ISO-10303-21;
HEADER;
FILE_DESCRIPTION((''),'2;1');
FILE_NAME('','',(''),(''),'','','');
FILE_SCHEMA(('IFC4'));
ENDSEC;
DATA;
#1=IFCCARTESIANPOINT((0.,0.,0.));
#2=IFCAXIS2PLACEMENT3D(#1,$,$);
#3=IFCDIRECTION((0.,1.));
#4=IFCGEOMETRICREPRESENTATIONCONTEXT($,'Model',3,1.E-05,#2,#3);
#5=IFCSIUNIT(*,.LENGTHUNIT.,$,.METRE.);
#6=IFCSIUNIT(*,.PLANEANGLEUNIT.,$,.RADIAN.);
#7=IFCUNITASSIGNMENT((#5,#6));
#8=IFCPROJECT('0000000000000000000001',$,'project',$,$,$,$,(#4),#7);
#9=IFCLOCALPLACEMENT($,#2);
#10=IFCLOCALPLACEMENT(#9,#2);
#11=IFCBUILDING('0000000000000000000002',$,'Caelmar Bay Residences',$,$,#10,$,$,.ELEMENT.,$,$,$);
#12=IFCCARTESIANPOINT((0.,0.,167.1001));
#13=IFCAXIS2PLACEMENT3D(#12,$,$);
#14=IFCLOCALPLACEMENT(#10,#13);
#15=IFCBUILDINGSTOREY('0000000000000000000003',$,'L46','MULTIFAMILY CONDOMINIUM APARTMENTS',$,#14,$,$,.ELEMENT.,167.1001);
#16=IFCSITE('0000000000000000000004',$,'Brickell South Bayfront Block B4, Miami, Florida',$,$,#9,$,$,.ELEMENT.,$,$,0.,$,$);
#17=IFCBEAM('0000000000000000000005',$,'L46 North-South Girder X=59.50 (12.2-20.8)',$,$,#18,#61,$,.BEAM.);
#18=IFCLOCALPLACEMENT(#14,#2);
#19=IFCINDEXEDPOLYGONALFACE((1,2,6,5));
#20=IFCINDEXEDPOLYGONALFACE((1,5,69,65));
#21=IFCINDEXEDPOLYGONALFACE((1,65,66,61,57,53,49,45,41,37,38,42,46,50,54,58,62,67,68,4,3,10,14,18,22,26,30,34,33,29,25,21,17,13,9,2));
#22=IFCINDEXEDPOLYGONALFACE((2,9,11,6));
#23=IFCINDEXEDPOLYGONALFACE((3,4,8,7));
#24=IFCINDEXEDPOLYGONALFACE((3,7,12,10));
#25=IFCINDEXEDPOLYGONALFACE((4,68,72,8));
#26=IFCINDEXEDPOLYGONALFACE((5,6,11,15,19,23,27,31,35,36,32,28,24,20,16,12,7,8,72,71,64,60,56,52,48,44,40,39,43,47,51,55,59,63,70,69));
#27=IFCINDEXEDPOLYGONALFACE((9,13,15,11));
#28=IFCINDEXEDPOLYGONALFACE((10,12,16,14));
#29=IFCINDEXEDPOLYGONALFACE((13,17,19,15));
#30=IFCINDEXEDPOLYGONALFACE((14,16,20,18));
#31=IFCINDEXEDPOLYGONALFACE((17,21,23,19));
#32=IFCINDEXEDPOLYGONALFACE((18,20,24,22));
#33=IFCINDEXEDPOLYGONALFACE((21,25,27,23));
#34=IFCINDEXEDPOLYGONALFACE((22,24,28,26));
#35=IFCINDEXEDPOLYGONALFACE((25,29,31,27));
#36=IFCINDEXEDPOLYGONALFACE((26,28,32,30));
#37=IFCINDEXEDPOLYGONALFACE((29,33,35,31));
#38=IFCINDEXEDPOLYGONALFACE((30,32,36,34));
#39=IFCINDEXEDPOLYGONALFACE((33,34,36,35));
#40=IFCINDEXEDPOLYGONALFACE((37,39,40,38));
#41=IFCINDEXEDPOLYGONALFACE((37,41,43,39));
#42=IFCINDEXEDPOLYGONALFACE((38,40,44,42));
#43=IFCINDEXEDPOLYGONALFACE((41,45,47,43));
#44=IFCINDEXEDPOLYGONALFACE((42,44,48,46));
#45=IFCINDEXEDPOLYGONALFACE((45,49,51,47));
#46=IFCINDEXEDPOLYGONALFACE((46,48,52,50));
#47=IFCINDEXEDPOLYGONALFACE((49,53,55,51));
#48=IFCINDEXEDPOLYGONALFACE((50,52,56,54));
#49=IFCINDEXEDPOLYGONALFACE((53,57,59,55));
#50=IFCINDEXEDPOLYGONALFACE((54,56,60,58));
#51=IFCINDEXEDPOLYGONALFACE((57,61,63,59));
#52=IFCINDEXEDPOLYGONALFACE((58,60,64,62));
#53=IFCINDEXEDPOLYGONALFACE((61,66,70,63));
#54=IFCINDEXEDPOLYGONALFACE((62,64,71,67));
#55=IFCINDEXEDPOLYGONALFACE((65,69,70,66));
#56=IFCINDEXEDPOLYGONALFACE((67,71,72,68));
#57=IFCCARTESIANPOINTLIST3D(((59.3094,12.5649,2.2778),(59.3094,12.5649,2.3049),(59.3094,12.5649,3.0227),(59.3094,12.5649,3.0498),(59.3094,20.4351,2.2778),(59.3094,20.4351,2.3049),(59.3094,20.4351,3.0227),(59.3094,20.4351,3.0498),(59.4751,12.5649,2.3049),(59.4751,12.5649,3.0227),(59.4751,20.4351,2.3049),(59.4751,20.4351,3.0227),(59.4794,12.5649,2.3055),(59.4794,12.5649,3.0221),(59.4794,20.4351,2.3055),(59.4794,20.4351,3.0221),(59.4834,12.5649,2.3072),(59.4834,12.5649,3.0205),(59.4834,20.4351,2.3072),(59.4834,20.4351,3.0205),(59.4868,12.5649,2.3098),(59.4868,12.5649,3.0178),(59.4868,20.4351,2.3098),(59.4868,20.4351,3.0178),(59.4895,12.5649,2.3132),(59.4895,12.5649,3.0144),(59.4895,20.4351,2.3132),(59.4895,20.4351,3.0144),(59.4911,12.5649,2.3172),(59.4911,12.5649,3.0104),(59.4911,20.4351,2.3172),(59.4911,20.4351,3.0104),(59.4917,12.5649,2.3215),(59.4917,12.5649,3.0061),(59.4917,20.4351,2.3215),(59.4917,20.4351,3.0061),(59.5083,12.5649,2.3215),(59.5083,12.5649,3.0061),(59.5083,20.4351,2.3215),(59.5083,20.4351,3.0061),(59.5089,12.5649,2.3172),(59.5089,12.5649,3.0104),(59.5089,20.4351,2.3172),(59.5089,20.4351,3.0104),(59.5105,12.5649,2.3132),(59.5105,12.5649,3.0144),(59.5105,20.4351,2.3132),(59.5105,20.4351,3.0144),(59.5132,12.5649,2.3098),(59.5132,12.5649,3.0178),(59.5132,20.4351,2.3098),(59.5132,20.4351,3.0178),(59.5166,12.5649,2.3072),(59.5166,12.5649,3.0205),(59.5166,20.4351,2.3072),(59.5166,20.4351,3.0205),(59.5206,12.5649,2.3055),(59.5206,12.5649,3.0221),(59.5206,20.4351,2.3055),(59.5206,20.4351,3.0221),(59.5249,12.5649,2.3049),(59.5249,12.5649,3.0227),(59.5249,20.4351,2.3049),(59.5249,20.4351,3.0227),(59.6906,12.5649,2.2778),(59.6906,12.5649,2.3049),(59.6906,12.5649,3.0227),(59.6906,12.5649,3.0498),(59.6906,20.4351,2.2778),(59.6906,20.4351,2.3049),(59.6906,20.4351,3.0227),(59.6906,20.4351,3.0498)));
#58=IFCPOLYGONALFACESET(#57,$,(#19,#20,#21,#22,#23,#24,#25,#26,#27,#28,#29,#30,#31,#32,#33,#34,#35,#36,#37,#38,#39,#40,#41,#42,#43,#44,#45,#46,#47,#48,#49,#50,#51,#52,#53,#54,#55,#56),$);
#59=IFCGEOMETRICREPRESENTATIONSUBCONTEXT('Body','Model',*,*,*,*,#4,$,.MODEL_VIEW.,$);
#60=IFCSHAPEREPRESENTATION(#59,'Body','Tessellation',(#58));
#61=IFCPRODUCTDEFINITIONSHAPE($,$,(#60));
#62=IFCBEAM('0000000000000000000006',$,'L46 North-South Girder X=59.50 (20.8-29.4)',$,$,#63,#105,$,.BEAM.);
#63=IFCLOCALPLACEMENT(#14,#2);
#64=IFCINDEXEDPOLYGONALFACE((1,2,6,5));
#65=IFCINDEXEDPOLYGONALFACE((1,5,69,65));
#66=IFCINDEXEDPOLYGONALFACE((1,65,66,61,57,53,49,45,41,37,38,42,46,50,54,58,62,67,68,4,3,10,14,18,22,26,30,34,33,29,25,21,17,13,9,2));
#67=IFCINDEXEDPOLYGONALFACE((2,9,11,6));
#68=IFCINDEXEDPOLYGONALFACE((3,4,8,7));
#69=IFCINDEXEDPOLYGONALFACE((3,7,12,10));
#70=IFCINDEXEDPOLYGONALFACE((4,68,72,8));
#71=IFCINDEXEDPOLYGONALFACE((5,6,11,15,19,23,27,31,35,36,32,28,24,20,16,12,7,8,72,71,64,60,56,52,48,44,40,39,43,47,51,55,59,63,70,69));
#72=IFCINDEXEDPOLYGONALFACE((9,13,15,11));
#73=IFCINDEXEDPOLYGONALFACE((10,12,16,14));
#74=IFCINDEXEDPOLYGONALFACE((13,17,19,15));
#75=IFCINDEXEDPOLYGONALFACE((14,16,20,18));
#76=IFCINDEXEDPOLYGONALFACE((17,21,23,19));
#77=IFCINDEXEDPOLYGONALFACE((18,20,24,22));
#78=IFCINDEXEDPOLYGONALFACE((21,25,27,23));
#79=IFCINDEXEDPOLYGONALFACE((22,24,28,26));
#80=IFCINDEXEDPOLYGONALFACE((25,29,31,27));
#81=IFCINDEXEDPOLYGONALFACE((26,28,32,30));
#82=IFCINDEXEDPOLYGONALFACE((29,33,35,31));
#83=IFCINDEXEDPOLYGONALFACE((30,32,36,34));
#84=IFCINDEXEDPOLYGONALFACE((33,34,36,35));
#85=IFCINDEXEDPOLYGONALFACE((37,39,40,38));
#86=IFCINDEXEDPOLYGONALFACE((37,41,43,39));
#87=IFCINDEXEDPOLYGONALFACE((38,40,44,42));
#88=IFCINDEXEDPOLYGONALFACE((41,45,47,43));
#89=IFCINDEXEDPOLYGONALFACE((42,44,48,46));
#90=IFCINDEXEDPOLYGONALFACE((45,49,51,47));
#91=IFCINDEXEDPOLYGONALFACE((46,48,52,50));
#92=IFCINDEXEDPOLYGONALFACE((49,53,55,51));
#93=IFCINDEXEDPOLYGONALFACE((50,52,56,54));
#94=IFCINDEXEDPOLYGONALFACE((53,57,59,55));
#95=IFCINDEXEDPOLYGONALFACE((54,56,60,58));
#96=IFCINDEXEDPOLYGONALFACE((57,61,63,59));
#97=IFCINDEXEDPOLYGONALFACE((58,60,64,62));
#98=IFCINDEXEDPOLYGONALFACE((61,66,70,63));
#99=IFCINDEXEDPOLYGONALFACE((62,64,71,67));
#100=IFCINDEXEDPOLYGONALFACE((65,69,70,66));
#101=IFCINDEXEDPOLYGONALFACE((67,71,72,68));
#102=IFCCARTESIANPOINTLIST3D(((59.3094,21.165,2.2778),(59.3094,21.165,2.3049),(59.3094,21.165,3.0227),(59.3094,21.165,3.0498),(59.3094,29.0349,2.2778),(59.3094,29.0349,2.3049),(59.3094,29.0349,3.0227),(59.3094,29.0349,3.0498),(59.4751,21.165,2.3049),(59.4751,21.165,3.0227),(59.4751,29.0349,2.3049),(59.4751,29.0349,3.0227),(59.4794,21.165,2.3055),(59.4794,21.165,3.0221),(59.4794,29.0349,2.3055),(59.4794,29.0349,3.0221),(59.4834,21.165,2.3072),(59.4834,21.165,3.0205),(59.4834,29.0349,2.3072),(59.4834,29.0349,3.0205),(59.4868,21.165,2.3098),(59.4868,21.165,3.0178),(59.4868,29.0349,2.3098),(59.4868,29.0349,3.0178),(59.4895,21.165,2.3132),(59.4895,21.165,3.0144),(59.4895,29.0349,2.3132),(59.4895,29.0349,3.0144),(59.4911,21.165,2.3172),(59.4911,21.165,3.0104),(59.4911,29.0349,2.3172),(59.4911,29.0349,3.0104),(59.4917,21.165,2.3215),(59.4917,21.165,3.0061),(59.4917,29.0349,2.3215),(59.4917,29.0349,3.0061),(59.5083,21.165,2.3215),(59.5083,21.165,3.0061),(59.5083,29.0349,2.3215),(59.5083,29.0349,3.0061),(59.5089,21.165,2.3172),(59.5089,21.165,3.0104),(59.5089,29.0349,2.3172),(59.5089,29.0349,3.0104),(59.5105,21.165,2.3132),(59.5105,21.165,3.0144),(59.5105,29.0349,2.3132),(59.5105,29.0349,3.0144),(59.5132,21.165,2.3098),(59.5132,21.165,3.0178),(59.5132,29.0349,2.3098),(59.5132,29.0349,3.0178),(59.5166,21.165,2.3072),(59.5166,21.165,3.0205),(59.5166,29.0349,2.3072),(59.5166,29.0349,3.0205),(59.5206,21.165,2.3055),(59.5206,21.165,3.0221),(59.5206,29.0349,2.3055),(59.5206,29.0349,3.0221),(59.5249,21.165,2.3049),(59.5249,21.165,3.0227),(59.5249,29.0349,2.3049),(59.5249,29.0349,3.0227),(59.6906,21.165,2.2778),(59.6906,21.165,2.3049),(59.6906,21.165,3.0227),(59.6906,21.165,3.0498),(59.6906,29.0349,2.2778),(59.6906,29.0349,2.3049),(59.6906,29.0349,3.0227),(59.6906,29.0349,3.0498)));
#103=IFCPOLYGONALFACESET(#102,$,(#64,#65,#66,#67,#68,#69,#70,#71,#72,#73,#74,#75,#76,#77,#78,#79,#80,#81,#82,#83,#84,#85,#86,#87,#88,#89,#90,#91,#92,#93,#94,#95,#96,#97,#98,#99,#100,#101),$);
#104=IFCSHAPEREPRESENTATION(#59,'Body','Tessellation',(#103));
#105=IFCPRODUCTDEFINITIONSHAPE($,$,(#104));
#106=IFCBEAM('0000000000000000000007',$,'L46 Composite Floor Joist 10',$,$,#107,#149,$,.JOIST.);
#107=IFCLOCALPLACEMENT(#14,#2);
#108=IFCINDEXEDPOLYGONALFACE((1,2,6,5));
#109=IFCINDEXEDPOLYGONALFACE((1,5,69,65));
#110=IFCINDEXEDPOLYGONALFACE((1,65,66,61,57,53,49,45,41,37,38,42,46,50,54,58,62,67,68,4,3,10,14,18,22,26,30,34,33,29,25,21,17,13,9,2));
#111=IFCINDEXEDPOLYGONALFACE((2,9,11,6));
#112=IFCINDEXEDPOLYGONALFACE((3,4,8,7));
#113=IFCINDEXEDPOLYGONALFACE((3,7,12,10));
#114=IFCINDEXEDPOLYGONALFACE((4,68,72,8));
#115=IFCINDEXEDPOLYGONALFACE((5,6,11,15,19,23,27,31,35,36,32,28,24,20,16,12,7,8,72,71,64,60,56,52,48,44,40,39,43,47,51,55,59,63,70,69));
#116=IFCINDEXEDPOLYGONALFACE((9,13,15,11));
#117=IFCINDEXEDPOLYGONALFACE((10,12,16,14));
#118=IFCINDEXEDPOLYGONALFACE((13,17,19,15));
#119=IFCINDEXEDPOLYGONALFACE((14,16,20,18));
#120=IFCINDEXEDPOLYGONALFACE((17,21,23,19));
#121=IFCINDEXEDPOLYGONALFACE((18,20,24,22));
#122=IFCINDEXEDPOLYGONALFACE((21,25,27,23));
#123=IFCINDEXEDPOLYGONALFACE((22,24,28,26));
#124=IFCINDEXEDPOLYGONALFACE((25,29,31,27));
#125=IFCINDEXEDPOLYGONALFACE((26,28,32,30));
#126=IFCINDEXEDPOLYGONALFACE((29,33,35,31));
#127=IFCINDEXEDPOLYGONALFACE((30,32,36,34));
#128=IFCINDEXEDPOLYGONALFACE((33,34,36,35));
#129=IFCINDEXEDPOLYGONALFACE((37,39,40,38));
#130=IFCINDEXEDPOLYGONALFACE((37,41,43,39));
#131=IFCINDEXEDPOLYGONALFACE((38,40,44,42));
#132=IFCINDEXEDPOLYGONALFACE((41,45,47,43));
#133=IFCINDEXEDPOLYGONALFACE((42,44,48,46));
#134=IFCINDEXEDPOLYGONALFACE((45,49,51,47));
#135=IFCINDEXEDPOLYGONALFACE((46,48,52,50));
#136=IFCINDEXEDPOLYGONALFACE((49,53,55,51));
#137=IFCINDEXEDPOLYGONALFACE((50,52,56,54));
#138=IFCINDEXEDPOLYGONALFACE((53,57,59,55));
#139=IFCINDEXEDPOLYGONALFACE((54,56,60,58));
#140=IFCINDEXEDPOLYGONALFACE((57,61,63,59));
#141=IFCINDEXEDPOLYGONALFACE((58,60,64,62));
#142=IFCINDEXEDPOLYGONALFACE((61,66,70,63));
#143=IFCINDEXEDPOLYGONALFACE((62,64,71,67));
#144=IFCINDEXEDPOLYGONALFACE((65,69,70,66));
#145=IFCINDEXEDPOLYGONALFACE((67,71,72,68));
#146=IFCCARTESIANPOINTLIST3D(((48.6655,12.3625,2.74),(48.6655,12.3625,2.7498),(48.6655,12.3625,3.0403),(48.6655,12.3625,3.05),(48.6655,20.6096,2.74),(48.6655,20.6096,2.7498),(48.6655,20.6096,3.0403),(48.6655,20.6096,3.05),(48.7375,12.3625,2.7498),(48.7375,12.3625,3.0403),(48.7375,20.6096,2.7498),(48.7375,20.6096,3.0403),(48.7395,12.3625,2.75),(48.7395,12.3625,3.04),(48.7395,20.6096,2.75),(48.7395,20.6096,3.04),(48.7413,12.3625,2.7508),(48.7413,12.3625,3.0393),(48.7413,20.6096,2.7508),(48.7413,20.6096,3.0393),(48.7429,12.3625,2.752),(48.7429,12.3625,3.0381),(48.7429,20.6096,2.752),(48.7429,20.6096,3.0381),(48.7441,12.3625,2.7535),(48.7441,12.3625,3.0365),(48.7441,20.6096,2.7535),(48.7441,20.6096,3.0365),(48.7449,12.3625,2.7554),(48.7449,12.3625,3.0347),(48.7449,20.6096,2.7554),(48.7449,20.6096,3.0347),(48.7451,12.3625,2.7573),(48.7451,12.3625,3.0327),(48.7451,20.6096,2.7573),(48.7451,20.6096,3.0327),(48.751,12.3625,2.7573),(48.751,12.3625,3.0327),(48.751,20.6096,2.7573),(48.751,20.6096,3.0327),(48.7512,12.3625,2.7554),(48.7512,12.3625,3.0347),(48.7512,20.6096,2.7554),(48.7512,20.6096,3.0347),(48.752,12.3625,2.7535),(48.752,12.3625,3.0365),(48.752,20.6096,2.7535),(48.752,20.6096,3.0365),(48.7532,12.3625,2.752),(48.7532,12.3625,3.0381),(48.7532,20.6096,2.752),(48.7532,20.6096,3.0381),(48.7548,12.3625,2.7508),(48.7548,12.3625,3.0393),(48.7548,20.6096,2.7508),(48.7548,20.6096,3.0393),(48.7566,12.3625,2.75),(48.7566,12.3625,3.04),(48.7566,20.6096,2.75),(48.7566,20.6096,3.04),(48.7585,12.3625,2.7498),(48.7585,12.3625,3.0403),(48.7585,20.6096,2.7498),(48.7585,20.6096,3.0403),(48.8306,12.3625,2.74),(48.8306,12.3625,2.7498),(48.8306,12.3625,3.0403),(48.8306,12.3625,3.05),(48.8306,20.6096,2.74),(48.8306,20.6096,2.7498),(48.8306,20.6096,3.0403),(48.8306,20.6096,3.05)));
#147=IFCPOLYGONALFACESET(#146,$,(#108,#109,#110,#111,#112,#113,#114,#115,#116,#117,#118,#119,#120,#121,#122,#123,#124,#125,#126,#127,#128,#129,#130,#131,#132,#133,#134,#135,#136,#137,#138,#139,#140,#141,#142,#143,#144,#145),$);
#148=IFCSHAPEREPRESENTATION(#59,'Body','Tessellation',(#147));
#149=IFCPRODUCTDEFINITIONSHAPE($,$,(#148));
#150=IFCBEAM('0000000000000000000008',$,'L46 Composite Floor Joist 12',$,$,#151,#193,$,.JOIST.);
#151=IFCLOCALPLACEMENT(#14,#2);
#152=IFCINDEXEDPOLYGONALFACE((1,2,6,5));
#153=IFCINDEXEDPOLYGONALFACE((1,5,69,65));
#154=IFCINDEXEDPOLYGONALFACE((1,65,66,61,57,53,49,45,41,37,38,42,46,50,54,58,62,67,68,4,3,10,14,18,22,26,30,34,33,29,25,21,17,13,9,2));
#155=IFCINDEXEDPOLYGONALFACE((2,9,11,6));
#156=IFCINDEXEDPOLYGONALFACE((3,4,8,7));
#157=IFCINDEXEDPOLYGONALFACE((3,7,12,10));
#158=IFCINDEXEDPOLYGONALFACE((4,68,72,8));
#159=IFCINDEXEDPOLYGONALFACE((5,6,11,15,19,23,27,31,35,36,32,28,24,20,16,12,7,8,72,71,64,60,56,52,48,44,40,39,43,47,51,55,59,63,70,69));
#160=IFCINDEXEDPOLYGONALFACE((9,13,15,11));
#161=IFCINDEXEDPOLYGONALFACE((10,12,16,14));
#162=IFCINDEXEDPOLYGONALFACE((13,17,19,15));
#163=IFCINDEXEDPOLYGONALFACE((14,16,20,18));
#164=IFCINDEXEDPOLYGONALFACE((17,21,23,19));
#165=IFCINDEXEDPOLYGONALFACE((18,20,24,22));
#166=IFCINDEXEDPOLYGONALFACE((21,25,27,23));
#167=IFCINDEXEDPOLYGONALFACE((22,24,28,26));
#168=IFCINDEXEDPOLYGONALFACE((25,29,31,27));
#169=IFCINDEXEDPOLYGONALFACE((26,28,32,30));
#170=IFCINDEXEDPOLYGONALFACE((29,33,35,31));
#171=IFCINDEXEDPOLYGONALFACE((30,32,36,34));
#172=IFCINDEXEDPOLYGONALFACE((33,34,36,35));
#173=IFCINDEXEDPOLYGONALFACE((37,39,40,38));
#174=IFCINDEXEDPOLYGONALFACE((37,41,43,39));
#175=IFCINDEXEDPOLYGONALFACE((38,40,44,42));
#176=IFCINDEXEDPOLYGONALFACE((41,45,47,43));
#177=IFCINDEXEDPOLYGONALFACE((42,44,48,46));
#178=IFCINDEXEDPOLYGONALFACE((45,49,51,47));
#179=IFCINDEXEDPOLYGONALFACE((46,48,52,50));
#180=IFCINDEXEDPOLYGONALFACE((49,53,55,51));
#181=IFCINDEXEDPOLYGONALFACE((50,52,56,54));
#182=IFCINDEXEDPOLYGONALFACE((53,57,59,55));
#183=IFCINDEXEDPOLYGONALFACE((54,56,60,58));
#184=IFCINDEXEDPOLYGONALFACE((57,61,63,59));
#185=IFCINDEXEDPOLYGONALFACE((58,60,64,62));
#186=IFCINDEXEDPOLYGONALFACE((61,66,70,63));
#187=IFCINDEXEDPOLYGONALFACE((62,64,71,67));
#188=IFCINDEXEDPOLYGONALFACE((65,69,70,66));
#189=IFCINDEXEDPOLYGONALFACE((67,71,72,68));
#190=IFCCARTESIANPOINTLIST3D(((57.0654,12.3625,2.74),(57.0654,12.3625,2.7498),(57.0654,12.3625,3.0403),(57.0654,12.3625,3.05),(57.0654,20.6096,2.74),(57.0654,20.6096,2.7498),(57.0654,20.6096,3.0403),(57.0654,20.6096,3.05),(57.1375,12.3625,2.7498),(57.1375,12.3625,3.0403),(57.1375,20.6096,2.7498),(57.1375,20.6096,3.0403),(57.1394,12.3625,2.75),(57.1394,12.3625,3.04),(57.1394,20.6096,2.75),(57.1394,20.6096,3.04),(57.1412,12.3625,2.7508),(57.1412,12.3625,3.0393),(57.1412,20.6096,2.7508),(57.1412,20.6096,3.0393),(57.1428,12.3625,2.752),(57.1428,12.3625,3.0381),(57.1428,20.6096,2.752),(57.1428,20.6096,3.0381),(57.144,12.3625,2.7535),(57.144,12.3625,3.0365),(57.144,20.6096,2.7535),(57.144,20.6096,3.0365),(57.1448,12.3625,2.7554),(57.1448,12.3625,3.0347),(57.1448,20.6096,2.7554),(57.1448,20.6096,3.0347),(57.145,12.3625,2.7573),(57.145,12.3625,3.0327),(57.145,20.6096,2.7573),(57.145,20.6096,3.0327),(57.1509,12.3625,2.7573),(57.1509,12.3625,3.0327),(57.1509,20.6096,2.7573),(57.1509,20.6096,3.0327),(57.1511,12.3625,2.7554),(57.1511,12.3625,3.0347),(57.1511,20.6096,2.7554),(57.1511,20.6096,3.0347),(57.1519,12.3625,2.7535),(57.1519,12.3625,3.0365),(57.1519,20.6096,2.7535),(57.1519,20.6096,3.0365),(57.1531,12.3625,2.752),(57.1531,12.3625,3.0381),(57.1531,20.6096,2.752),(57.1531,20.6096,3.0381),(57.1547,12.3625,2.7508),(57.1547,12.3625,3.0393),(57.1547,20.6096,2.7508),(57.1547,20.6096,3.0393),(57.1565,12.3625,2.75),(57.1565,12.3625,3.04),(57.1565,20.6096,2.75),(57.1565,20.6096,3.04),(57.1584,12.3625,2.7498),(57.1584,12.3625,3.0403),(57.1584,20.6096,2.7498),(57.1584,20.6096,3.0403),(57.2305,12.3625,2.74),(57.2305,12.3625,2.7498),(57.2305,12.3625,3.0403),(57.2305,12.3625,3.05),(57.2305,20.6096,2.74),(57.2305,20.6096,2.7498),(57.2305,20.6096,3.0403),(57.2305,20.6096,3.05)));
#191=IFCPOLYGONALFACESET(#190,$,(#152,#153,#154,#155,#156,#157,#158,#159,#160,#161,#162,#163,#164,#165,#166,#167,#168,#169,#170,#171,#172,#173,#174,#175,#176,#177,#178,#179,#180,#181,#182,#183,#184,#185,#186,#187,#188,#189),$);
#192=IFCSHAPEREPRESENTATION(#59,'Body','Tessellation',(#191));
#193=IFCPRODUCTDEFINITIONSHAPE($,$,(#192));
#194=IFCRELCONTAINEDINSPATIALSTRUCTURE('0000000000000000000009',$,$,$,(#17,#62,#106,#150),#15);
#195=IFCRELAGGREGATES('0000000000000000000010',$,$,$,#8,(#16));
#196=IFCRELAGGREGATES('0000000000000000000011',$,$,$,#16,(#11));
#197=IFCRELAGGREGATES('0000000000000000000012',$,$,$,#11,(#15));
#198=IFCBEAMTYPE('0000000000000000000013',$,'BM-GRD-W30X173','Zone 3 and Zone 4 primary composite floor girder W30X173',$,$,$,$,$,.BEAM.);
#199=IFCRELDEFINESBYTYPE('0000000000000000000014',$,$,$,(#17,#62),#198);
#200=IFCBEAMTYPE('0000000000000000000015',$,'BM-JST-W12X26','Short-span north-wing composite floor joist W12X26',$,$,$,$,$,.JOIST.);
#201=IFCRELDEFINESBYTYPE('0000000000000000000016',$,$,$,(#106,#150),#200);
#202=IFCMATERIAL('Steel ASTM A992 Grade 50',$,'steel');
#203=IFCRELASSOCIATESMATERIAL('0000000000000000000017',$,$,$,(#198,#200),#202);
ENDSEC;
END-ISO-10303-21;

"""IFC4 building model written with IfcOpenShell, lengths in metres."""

from ifc_helpers import new_model, si_unit, direction, frame, origin, origin_2d, place, context, subcontext, project, spatial, i_section, extrude, material, material_profile, profile_set, type_object, element, save


model = new_model("IFC4")

# Units and contexts
model_context = context("Model", 3, precision=1e-05, world=origin(), true_north=direction((0.0, 1.0)))
body_context = subcontext(model_context, "Body", "Model", "MODEL_VIEW")
ifc_project = project(units=[si_unit("LENGTHUNIT", "METRE"), si_unit("PLANEANGLEUNIT", "RADIAN")], contexts=[model_context])

# Site, building, storey
site_placement = place(None, origin())
site = spatial("IfcSite", under=ifc_project, at=site_placement, Name="Brickell South Bayfront Block B4, Miami, Florida", CompositionType="ELEMENT", RefElevation=0.0)
building_placement = place(site_placement, origin())
building = spatial("IfcBuilding", under=site, at=building_placement, Name="Caelmar Bay Residences", CompositionType="ELEMENT")
storey_placement = place(building_placement, frame((0.0, 0.0, 167.1001)))
storey = spatial("IfcBuildingStorey", under=building, at=storey_placement, Name="L46", Description="MULTIFAMILY CONDOMINIUM APARTMENTS", CompositionType="ELEMENT", Elevation=167.1001)

# Beams
ifc_material_1 = material(Name="Steel ASTM A992 Grade 50", Category="steel")
ifc_material_profile_1 = material_profile(ifc_material_1, i_section(OverallWidth=0.3811, OverallDepth=0.772, WebThickness=0.0166, FlangeThickness=0.0271, FilletRadius=0.0166, at=origin_2d()), Name="W30X173")
ifc_profile_set_1 = profile_set([ifc_material_profile_1], Name="Steel ASTM A992 Grade 50")
beam_type_1 = type_object("IfcBeamType", Name="BM-GRD-W30X173", Description="Zone 3 and Zone 4 primary composite floor girder W30X173", PredefinedType="BEAM", material=ifc_profile_set_1)
for number, where, z_axis, x_axis, name in (
    (1, (59.5, 12.5649, 2.6638), (0.0, 1.0, 0.0), (-1.0, 0.0, 0.0), "L46 North-South Girder X=59.50 (12.2-20.8)"),
):
    element("IfcBeam", number, at=place(storey_placement, frame(where, z_axis=z_axis, x_axis=x_axis)), inside=storey, type_object=beam_type_1, Name=name, PredefinedType="BEAM", context=body_context, shape_type="SweptSolid", body=[
        extrude(i_section(OverallWidth=0.3811, OverallDepth=0.772, WebThickness=0.0166, FlangeThickness=0.0271, FilletRadius=0.0166, at=origin_2d()), origin(), (0.0, 0.0, 1.0), 7.8701),
    ])
beam_1_placement = place(storey_placement, frame((59.5, 21.165, 2.6638), z_axis=(0.0, 1.0, 0.0), x_axis=(-1.0, 0.0, 0.0)))
element("IfcBeam", 2, at=beam_1_placement, inside=storey, type_object=beam_type_1, Name="L46 North-South Girder X=59.50 (20.8-29.4)", PredefinedType="BEAM", context=body_context, shape_type="SweptSolid", body=[
    extrude(i_section(OverallWidth=0.3811, OverallDepth=0.772, WebThickness=0.0166, FlangeThickness=0.0271, FilletRadius=0.0166, at=origin_2d()), origin(), (0.0, 0.0, 1.0), 7.8699),
])
ifc_material_profile_2 = material_profile(ifc_material_1, i_section(OverallWidth=0.165, OverallDepth=0.3101, WebThickness=0.0059, FlangeThickness=0.0098, FilletRadius=0.0076, at=origin_2d()), Name="W12X26")
ifc_profile_set_2 = profile_set([ifc_material_profile_2], Name="Steel ASTM A992 Grade 50")
beam_type_2 = type_object("IfcBeamType", Name="BM-JST-W12X26", Description="Short-span north-wing composite floor joist W12X26", PredefinedType="JOIST", material=ifc_profile_set_2)
for number, where, z_axis, x_axis, name in (
    (3, (48.748, 12.3625, 2.895), (0.0, 1.0, 0.0), (-1.0, 0.0, 0.0), "L46 Composite Floor Joist 10"),
    (4, (57.1479, 12.3625, 2.895), (0.0, 1.0, 0.0), (-1.0, 0.0, 0.0), "L46 Composite Floor Joist 12"),
):
    element("IfcBeam", number, at=place(storey_placement, frame(where, z_axis=z_axis, x_axis=x_axis)), inside=storey, type_object=beam_type_2, Name=name, PredefinedType="JOIST", context=body_context, shape_type="SweptSolid", body=[
        extrude(i_section(OverallWidth=0.165, OverallDepth=0.3101, WebThickness=0.0059, FlangeThickness=0.0098, FilletRadius=0.0076, at=origin_2d()), origin(), (0.0, 0.0, 1.0), 8.2471),
    ])

save(model, "model.ifc")
